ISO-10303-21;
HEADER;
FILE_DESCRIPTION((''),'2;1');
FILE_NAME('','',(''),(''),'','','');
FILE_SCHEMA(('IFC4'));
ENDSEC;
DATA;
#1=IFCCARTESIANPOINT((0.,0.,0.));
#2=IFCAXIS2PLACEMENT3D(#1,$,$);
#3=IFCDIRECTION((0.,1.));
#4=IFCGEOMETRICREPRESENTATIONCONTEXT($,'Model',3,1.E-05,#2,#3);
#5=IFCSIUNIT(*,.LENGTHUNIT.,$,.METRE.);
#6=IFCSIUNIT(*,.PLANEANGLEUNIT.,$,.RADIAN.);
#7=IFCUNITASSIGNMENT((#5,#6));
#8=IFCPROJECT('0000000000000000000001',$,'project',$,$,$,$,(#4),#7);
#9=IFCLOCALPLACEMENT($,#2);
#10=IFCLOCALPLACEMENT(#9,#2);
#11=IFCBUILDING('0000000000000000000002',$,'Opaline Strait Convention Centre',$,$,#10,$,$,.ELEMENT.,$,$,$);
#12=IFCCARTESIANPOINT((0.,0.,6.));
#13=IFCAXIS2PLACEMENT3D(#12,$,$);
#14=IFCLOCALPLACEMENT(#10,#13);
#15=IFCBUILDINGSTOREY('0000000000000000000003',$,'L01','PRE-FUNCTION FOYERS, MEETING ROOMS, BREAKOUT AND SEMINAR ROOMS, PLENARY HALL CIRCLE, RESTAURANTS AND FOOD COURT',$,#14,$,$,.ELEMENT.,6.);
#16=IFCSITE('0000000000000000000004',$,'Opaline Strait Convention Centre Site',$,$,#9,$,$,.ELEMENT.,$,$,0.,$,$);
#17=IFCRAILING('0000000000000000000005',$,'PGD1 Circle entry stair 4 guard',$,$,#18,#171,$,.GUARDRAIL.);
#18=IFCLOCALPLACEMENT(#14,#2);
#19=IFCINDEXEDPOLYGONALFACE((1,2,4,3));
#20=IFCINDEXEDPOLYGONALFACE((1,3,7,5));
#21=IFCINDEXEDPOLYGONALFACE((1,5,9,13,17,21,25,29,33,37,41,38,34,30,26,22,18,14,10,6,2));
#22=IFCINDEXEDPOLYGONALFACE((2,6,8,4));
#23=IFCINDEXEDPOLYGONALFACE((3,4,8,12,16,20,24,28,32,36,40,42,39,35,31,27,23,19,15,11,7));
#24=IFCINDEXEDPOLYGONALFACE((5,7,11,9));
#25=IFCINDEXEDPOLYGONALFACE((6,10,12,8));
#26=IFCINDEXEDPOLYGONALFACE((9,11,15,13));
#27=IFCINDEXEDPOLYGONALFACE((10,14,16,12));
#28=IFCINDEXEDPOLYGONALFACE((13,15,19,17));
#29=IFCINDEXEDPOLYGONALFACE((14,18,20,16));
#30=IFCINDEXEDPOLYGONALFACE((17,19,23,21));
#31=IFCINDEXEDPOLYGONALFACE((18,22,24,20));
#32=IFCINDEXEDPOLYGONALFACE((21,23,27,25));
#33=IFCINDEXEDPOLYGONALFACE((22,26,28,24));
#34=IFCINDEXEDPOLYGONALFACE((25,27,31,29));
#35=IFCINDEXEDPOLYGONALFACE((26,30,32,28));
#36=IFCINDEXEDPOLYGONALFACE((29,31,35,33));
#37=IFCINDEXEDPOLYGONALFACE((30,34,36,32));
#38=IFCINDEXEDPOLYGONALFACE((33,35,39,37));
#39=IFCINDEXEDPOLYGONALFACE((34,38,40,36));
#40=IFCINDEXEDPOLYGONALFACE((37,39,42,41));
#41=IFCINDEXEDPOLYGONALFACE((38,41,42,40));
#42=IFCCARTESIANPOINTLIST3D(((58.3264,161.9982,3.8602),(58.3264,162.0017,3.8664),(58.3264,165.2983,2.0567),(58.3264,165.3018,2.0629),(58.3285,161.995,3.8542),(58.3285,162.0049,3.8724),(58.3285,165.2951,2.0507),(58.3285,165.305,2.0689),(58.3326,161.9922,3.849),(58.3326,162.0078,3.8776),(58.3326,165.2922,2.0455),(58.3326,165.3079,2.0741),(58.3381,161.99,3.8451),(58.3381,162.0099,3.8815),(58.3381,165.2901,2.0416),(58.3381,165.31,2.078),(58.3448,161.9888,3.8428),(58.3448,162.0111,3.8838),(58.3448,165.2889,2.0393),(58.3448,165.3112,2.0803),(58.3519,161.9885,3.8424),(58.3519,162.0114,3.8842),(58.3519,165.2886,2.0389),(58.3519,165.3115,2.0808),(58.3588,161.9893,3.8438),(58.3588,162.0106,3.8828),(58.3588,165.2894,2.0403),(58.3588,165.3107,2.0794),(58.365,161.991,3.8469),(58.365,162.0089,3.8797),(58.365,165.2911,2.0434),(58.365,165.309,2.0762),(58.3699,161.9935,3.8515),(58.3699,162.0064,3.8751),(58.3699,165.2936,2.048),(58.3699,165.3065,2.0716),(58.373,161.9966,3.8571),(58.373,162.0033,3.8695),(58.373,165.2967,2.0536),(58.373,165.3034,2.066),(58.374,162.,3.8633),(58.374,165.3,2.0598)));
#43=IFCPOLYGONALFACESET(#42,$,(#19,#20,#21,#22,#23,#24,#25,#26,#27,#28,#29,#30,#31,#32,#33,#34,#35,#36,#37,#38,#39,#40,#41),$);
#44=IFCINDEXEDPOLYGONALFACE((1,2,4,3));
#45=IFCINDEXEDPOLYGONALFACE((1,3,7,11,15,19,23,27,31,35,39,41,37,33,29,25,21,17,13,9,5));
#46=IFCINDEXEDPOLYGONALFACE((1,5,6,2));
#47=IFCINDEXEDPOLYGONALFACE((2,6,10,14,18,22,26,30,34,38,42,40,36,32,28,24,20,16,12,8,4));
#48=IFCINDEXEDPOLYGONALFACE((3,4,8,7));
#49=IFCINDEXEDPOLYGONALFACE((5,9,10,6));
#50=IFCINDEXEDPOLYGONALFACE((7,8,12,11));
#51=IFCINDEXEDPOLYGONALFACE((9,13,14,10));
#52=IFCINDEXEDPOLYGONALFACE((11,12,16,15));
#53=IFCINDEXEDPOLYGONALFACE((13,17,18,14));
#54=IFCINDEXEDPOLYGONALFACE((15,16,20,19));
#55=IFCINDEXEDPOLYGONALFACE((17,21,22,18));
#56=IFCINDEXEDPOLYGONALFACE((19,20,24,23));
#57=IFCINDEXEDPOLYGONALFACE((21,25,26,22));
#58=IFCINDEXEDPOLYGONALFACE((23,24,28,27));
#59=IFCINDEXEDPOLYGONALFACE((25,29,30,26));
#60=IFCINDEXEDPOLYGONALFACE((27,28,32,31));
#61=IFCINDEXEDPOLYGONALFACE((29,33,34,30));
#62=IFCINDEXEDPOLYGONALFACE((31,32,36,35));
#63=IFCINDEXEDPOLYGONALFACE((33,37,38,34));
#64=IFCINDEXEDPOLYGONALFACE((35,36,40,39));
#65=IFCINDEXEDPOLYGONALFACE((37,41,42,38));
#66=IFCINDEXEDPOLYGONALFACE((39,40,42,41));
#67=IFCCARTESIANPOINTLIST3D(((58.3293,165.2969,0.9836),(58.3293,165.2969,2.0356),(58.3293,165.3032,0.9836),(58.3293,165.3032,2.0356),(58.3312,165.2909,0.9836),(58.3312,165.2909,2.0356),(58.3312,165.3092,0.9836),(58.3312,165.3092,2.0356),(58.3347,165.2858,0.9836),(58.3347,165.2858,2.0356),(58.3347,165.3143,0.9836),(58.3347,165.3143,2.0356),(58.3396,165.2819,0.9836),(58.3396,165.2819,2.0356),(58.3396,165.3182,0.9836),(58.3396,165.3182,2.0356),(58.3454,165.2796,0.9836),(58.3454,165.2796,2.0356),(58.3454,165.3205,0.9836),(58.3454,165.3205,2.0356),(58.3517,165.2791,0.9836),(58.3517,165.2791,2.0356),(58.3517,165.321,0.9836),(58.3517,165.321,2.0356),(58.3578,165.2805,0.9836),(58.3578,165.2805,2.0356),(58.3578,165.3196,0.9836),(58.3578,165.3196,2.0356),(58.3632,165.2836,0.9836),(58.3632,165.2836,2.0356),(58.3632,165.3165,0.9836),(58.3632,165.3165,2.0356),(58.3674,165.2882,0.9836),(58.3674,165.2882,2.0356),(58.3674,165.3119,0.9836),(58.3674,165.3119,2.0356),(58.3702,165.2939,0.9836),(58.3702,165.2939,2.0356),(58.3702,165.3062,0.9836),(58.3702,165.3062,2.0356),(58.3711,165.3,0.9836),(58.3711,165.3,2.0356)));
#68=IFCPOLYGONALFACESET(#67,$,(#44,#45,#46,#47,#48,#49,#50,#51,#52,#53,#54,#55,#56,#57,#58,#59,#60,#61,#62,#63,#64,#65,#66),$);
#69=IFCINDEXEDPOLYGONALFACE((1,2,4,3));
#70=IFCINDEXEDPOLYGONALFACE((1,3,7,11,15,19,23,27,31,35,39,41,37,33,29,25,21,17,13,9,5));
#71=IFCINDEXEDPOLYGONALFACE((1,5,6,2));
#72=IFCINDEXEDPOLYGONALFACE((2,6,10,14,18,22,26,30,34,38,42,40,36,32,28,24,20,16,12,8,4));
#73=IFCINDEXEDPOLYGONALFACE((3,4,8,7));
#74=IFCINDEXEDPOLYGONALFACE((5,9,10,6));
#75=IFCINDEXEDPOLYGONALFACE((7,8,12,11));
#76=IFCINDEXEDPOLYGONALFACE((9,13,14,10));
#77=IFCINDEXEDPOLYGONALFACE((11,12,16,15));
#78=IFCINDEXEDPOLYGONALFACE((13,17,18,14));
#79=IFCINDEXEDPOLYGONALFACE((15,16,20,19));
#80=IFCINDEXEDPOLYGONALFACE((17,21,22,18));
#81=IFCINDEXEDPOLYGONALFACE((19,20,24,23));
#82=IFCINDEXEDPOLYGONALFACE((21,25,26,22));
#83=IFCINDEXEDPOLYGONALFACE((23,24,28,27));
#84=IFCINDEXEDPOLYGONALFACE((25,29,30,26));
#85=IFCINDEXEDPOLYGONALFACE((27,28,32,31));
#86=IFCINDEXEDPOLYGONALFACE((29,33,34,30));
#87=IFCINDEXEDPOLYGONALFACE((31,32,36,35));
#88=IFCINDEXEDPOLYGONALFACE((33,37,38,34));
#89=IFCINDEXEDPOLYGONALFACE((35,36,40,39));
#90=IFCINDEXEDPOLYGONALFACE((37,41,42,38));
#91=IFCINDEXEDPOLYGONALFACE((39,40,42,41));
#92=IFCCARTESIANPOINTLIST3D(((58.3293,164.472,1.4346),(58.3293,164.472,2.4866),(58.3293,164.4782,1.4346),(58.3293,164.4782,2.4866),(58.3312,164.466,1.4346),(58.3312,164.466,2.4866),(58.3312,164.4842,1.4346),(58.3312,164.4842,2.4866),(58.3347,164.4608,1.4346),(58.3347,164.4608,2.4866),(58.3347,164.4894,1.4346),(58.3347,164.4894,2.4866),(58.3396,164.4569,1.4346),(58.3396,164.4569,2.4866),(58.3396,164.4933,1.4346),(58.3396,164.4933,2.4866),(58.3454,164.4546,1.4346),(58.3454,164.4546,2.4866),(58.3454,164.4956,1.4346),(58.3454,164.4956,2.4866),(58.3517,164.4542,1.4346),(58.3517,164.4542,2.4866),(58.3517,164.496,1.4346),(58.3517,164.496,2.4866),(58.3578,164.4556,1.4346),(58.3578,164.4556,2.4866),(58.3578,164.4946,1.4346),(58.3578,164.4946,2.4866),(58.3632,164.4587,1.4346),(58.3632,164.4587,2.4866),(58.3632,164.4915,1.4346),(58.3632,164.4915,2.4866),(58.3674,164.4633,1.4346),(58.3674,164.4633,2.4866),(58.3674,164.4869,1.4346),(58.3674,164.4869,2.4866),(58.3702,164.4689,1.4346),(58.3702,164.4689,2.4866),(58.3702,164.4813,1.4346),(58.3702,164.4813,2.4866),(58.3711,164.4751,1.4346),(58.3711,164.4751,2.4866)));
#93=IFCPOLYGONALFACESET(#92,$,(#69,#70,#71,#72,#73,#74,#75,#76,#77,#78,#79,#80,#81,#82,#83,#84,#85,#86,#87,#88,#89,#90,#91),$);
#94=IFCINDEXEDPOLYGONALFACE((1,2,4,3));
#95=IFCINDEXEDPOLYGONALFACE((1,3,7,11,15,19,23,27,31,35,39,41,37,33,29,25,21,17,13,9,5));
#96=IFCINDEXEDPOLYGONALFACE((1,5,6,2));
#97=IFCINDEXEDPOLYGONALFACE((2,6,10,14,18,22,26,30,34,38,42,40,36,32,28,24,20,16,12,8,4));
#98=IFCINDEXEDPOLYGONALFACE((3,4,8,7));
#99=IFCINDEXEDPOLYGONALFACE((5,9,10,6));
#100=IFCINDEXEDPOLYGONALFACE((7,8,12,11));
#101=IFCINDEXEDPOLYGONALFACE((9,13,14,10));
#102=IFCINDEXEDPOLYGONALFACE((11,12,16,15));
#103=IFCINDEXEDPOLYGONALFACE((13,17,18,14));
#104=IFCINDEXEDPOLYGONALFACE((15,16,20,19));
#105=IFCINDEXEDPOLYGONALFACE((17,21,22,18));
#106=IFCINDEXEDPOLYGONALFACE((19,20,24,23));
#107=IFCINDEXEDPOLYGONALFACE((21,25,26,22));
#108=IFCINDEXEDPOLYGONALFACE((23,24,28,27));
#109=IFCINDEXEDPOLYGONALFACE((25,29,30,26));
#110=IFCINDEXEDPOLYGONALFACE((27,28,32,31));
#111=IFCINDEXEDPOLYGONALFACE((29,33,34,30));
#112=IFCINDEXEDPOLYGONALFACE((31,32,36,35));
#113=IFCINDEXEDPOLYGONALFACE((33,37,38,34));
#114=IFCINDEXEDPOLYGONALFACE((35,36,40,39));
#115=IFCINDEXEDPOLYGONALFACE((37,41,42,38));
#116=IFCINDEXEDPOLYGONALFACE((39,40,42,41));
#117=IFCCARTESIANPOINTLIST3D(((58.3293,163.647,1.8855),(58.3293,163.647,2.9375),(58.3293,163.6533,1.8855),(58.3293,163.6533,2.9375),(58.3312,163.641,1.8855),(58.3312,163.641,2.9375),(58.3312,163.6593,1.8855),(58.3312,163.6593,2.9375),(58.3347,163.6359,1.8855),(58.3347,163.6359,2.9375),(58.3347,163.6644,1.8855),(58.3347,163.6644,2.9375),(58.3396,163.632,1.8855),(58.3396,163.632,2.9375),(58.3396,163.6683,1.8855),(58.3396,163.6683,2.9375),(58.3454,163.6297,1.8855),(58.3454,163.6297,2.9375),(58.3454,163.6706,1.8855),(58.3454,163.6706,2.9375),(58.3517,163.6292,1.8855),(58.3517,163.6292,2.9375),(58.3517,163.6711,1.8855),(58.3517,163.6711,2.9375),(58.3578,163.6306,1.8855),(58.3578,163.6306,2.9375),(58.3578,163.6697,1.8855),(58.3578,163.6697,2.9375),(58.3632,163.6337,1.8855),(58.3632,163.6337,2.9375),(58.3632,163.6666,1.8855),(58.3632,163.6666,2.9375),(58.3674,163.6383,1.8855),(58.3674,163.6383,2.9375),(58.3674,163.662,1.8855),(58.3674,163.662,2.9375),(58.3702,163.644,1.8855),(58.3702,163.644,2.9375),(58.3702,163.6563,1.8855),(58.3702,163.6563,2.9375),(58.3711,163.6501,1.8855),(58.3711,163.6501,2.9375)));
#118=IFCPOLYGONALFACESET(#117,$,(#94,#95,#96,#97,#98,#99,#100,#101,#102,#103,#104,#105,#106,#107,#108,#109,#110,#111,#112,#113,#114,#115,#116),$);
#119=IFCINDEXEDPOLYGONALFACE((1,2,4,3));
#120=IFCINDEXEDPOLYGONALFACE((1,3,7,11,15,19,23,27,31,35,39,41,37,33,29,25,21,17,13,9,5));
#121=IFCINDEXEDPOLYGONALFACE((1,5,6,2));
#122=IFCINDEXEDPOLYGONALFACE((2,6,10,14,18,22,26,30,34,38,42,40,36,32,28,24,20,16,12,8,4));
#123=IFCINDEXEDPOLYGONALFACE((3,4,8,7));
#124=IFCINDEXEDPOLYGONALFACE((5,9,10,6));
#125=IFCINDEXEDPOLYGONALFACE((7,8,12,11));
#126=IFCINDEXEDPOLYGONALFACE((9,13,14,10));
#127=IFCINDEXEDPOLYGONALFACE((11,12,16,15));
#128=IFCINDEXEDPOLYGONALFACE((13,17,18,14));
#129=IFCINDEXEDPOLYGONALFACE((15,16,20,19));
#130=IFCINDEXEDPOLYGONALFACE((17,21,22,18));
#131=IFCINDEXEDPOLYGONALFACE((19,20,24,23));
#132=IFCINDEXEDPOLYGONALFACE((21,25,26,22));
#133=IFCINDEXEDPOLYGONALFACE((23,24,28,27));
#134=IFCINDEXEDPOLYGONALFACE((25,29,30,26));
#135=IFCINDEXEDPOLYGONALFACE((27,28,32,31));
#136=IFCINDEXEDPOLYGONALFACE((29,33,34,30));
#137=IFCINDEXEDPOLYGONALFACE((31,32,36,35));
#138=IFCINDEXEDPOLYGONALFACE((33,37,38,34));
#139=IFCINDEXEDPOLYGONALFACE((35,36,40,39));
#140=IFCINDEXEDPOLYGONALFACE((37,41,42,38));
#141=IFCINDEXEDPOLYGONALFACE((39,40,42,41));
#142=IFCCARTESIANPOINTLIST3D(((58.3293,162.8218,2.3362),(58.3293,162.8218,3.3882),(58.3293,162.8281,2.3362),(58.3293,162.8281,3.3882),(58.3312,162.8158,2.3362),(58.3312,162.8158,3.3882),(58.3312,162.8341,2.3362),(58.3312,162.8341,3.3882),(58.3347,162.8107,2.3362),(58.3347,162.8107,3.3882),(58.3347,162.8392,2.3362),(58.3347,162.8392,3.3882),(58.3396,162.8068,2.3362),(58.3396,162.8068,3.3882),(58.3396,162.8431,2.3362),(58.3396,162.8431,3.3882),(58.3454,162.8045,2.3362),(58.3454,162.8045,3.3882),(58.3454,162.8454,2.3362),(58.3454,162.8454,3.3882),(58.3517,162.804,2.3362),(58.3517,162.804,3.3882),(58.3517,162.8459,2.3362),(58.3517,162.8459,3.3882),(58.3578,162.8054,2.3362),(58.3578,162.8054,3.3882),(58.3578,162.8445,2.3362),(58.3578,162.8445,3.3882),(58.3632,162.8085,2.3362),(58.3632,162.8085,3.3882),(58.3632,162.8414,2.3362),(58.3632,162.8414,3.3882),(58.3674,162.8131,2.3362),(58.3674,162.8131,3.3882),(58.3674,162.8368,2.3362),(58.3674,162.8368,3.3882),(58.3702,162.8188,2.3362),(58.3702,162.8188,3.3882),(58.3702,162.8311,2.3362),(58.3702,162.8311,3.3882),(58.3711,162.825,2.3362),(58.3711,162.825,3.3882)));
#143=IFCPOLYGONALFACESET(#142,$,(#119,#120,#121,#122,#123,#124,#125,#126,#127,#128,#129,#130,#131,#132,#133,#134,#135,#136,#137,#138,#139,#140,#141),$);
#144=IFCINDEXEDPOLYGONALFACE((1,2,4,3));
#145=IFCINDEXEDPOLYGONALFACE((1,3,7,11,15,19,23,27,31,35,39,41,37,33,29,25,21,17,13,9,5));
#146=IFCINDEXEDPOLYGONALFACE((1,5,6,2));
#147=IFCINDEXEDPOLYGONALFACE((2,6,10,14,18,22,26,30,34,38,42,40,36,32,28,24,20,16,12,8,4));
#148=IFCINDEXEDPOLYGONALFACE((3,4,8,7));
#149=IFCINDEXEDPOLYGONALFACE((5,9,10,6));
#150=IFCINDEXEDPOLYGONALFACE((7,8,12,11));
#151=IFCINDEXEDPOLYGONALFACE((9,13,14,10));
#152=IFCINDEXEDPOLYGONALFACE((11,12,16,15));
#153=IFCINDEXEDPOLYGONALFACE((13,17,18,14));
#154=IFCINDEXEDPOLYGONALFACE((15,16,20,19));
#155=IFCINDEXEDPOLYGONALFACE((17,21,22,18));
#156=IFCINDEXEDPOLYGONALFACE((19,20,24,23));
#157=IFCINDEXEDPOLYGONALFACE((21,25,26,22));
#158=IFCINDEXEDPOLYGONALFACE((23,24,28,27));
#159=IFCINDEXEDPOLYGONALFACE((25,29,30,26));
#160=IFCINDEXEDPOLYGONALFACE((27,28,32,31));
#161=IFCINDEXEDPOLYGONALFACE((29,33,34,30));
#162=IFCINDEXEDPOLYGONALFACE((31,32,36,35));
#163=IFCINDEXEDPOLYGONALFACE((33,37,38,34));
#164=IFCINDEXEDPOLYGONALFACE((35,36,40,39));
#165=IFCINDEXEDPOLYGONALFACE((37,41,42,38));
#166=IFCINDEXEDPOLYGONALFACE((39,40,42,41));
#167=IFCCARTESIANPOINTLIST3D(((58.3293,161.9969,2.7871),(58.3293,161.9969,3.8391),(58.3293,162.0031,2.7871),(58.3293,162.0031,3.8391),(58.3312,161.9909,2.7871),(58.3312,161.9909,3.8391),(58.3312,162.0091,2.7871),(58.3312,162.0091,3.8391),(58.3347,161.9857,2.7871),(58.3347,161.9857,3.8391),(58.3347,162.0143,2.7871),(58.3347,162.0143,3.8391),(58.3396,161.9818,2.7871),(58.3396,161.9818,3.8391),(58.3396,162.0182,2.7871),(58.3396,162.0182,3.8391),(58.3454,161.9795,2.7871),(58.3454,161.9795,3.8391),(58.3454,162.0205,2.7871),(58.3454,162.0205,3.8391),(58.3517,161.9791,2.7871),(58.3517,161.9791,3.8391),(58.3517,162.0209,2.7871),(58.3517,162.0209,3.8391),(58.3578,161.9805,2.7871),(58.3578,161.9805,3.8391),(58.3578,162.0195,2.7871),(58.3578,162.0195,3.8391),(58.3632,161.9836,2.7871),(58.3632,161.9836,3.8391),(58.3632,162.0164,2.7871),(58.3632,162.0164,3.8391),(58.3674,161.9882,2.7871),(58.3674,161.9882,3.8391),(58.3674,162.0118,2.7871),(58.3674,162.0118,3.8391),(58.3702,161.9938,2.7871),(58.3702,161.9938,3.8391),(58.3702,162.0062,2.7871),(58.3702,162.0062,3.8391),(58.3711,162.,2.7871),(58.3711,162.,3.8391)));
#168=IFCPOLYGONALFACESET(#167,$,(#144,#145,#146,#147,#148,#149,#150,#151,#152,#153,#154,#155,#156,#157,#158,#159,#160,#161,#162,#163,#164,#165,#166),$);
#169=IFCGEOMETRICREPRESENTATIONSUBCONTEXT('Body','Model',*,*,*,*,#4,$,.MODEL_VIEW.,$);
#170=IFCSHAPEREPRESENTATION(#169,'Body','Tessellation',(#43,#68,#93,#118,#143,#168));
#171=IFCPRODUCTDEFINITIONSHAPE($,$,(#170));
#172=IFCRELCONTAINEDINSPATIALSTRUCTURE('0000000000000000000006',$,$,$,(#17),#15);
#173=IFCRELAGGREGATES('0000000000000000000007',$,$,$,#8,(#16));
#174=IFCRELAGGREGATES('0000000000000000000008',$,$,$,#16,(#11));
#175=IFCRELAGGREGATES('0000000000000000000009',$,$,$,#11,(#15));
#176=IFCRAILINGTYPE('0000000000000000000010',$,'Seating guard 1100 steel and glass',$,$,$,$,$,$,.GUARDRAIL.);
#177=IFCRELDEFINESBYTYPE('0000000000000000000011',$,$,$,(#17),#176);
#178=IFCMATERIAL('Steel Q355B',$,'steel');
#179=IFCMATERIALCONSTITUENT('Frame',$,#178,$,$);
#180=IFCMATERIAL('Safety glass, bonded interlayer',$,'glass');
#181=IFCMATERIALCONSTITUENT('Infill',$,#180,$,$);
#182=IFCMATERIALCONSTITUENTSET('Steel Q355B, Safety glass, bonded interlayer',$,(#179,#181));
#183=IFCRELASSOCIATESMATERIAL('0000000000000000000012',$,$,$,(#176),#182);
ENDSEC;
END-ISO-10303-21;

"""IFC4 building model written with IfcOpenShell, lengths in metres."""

from ifc_helpers import new_model, si_unit, direction, frame, origin, origin_2d, place, context, subcontext, project, spatial, circle, extrude, material, constituent, constituent_set, type_object, element, save


model = new_model("IFC4")

# Units and contexts
model_context = context("Model", 3, precision=1e-05, world=origin(), true_north=direction((0.0, 1.0)))
body_context = subcontext(model_context, "Body", "Model", "MODEL_VIEW")
ifc_project = project(units=[si_unit("LENGTHUNIT", "METRE"), si_unit("PLANEANGLEUNIT", "RADIAN")], contexts=[model_context])

# Site, building, storey
site_placement = place(None, origin())
site = spatial("IfcSite", under=ifc_project, at=site_placement, Name="Opaline Strait Convention Centre Site", CompositionType="ELEMENT", RefElevation=0.0)
building_placement = place(site_placement, origin())
building = spatial("IfcBuilding", under=site, at=building_placement, Name="Opaline Strait Convention Centre", CompositionType="ELEMENT")
storey_placement = place(building_placement, frame((0.0, 0.0, 6.0)))
storey = spatial("IfcBuildingStorey", under=building, at=storey_placement, Name="L01", Description="PRE-FUNCTION FOYERS, MEETING ROOMS, BREAKOUT AND SEMINAR ROOMS, PLENARY HALL CIRCLE, RESTAURANTS AND FOOD COURT", CompositionType="ELEMENT", Elevation=6.0)

# Railing
ifc_material_1 = material(Name="Steel Q355B", Category="steel")
ifc_constituent_1 = constituent(ifc_material_1, Name="Frame")
ifc_material_2 = material(Name="Safety glass, bonded interlayer", Category="glass")
ifc_constituent_2 = constituent(ifc_material_2, Name="Infill")
ifc_constituent_set = constituent_set(constituents=[ifc_constituent_1, ifc_constituent_2], Name="Steel Q355B, Safety glass, bonded interlayer")
railing_type_1 = type_object("IfcRailingType", Name="Seating guard 1100 steel and glass", PredefinedType="GUARDRAIL", material=ifc_constituent_set)
for number, where, name in (
    (1, (58.3501, 165.3, 0.9836), "PGD1 Circle entry stair 4 guard"),
):
    element("IfcRailing", number, at=place(storey_placement, frame(where)), inside=storey, type_object=railing_type_1, Name=name, PredefinedType="GUARDRAIL", context=body_context, shape_type="SweptSolid", body=[
        extrude(circle(Radius=0.0239, at=origin_2d()), frame((0.0, 0.0, 1.0762), z_axis=(0.0, -0.877511, 0.479557), x_axis=(1.0, 0.0, 0.0)), (0.0, 0.0, 1.0), 3.7607),
        extrude(circle(Radius=0.021, at=origin_2d()), origin(), (0.0, 0.0, 1.0), 1.052),
        extrude(circle(Radius=0.021, at=origin_2d()), frame((0.0, -0.825, 0.4509)), (0.0, 0.0, 1.0), 1.052),
        extrude(circle(Radius=0.021, at=origin_2d()), frame((0.0, -1.6499, 0.9019)), (0.0, 0.0, 1.0), 1.052),
        extrude(circle(Radius=0.021, at=origin_2d()), frame((0.0, -2.4751, 1.3525)), (0.0, 0.0, 1.0), 1.052),
        extrude(circle(Radius=0.021, at=origin_2d()), frame((0.0, -3.3, 1.8035)), (0.0, 0.0, 1.0), 1.052),
    ])

save(model, "model.ifc")
